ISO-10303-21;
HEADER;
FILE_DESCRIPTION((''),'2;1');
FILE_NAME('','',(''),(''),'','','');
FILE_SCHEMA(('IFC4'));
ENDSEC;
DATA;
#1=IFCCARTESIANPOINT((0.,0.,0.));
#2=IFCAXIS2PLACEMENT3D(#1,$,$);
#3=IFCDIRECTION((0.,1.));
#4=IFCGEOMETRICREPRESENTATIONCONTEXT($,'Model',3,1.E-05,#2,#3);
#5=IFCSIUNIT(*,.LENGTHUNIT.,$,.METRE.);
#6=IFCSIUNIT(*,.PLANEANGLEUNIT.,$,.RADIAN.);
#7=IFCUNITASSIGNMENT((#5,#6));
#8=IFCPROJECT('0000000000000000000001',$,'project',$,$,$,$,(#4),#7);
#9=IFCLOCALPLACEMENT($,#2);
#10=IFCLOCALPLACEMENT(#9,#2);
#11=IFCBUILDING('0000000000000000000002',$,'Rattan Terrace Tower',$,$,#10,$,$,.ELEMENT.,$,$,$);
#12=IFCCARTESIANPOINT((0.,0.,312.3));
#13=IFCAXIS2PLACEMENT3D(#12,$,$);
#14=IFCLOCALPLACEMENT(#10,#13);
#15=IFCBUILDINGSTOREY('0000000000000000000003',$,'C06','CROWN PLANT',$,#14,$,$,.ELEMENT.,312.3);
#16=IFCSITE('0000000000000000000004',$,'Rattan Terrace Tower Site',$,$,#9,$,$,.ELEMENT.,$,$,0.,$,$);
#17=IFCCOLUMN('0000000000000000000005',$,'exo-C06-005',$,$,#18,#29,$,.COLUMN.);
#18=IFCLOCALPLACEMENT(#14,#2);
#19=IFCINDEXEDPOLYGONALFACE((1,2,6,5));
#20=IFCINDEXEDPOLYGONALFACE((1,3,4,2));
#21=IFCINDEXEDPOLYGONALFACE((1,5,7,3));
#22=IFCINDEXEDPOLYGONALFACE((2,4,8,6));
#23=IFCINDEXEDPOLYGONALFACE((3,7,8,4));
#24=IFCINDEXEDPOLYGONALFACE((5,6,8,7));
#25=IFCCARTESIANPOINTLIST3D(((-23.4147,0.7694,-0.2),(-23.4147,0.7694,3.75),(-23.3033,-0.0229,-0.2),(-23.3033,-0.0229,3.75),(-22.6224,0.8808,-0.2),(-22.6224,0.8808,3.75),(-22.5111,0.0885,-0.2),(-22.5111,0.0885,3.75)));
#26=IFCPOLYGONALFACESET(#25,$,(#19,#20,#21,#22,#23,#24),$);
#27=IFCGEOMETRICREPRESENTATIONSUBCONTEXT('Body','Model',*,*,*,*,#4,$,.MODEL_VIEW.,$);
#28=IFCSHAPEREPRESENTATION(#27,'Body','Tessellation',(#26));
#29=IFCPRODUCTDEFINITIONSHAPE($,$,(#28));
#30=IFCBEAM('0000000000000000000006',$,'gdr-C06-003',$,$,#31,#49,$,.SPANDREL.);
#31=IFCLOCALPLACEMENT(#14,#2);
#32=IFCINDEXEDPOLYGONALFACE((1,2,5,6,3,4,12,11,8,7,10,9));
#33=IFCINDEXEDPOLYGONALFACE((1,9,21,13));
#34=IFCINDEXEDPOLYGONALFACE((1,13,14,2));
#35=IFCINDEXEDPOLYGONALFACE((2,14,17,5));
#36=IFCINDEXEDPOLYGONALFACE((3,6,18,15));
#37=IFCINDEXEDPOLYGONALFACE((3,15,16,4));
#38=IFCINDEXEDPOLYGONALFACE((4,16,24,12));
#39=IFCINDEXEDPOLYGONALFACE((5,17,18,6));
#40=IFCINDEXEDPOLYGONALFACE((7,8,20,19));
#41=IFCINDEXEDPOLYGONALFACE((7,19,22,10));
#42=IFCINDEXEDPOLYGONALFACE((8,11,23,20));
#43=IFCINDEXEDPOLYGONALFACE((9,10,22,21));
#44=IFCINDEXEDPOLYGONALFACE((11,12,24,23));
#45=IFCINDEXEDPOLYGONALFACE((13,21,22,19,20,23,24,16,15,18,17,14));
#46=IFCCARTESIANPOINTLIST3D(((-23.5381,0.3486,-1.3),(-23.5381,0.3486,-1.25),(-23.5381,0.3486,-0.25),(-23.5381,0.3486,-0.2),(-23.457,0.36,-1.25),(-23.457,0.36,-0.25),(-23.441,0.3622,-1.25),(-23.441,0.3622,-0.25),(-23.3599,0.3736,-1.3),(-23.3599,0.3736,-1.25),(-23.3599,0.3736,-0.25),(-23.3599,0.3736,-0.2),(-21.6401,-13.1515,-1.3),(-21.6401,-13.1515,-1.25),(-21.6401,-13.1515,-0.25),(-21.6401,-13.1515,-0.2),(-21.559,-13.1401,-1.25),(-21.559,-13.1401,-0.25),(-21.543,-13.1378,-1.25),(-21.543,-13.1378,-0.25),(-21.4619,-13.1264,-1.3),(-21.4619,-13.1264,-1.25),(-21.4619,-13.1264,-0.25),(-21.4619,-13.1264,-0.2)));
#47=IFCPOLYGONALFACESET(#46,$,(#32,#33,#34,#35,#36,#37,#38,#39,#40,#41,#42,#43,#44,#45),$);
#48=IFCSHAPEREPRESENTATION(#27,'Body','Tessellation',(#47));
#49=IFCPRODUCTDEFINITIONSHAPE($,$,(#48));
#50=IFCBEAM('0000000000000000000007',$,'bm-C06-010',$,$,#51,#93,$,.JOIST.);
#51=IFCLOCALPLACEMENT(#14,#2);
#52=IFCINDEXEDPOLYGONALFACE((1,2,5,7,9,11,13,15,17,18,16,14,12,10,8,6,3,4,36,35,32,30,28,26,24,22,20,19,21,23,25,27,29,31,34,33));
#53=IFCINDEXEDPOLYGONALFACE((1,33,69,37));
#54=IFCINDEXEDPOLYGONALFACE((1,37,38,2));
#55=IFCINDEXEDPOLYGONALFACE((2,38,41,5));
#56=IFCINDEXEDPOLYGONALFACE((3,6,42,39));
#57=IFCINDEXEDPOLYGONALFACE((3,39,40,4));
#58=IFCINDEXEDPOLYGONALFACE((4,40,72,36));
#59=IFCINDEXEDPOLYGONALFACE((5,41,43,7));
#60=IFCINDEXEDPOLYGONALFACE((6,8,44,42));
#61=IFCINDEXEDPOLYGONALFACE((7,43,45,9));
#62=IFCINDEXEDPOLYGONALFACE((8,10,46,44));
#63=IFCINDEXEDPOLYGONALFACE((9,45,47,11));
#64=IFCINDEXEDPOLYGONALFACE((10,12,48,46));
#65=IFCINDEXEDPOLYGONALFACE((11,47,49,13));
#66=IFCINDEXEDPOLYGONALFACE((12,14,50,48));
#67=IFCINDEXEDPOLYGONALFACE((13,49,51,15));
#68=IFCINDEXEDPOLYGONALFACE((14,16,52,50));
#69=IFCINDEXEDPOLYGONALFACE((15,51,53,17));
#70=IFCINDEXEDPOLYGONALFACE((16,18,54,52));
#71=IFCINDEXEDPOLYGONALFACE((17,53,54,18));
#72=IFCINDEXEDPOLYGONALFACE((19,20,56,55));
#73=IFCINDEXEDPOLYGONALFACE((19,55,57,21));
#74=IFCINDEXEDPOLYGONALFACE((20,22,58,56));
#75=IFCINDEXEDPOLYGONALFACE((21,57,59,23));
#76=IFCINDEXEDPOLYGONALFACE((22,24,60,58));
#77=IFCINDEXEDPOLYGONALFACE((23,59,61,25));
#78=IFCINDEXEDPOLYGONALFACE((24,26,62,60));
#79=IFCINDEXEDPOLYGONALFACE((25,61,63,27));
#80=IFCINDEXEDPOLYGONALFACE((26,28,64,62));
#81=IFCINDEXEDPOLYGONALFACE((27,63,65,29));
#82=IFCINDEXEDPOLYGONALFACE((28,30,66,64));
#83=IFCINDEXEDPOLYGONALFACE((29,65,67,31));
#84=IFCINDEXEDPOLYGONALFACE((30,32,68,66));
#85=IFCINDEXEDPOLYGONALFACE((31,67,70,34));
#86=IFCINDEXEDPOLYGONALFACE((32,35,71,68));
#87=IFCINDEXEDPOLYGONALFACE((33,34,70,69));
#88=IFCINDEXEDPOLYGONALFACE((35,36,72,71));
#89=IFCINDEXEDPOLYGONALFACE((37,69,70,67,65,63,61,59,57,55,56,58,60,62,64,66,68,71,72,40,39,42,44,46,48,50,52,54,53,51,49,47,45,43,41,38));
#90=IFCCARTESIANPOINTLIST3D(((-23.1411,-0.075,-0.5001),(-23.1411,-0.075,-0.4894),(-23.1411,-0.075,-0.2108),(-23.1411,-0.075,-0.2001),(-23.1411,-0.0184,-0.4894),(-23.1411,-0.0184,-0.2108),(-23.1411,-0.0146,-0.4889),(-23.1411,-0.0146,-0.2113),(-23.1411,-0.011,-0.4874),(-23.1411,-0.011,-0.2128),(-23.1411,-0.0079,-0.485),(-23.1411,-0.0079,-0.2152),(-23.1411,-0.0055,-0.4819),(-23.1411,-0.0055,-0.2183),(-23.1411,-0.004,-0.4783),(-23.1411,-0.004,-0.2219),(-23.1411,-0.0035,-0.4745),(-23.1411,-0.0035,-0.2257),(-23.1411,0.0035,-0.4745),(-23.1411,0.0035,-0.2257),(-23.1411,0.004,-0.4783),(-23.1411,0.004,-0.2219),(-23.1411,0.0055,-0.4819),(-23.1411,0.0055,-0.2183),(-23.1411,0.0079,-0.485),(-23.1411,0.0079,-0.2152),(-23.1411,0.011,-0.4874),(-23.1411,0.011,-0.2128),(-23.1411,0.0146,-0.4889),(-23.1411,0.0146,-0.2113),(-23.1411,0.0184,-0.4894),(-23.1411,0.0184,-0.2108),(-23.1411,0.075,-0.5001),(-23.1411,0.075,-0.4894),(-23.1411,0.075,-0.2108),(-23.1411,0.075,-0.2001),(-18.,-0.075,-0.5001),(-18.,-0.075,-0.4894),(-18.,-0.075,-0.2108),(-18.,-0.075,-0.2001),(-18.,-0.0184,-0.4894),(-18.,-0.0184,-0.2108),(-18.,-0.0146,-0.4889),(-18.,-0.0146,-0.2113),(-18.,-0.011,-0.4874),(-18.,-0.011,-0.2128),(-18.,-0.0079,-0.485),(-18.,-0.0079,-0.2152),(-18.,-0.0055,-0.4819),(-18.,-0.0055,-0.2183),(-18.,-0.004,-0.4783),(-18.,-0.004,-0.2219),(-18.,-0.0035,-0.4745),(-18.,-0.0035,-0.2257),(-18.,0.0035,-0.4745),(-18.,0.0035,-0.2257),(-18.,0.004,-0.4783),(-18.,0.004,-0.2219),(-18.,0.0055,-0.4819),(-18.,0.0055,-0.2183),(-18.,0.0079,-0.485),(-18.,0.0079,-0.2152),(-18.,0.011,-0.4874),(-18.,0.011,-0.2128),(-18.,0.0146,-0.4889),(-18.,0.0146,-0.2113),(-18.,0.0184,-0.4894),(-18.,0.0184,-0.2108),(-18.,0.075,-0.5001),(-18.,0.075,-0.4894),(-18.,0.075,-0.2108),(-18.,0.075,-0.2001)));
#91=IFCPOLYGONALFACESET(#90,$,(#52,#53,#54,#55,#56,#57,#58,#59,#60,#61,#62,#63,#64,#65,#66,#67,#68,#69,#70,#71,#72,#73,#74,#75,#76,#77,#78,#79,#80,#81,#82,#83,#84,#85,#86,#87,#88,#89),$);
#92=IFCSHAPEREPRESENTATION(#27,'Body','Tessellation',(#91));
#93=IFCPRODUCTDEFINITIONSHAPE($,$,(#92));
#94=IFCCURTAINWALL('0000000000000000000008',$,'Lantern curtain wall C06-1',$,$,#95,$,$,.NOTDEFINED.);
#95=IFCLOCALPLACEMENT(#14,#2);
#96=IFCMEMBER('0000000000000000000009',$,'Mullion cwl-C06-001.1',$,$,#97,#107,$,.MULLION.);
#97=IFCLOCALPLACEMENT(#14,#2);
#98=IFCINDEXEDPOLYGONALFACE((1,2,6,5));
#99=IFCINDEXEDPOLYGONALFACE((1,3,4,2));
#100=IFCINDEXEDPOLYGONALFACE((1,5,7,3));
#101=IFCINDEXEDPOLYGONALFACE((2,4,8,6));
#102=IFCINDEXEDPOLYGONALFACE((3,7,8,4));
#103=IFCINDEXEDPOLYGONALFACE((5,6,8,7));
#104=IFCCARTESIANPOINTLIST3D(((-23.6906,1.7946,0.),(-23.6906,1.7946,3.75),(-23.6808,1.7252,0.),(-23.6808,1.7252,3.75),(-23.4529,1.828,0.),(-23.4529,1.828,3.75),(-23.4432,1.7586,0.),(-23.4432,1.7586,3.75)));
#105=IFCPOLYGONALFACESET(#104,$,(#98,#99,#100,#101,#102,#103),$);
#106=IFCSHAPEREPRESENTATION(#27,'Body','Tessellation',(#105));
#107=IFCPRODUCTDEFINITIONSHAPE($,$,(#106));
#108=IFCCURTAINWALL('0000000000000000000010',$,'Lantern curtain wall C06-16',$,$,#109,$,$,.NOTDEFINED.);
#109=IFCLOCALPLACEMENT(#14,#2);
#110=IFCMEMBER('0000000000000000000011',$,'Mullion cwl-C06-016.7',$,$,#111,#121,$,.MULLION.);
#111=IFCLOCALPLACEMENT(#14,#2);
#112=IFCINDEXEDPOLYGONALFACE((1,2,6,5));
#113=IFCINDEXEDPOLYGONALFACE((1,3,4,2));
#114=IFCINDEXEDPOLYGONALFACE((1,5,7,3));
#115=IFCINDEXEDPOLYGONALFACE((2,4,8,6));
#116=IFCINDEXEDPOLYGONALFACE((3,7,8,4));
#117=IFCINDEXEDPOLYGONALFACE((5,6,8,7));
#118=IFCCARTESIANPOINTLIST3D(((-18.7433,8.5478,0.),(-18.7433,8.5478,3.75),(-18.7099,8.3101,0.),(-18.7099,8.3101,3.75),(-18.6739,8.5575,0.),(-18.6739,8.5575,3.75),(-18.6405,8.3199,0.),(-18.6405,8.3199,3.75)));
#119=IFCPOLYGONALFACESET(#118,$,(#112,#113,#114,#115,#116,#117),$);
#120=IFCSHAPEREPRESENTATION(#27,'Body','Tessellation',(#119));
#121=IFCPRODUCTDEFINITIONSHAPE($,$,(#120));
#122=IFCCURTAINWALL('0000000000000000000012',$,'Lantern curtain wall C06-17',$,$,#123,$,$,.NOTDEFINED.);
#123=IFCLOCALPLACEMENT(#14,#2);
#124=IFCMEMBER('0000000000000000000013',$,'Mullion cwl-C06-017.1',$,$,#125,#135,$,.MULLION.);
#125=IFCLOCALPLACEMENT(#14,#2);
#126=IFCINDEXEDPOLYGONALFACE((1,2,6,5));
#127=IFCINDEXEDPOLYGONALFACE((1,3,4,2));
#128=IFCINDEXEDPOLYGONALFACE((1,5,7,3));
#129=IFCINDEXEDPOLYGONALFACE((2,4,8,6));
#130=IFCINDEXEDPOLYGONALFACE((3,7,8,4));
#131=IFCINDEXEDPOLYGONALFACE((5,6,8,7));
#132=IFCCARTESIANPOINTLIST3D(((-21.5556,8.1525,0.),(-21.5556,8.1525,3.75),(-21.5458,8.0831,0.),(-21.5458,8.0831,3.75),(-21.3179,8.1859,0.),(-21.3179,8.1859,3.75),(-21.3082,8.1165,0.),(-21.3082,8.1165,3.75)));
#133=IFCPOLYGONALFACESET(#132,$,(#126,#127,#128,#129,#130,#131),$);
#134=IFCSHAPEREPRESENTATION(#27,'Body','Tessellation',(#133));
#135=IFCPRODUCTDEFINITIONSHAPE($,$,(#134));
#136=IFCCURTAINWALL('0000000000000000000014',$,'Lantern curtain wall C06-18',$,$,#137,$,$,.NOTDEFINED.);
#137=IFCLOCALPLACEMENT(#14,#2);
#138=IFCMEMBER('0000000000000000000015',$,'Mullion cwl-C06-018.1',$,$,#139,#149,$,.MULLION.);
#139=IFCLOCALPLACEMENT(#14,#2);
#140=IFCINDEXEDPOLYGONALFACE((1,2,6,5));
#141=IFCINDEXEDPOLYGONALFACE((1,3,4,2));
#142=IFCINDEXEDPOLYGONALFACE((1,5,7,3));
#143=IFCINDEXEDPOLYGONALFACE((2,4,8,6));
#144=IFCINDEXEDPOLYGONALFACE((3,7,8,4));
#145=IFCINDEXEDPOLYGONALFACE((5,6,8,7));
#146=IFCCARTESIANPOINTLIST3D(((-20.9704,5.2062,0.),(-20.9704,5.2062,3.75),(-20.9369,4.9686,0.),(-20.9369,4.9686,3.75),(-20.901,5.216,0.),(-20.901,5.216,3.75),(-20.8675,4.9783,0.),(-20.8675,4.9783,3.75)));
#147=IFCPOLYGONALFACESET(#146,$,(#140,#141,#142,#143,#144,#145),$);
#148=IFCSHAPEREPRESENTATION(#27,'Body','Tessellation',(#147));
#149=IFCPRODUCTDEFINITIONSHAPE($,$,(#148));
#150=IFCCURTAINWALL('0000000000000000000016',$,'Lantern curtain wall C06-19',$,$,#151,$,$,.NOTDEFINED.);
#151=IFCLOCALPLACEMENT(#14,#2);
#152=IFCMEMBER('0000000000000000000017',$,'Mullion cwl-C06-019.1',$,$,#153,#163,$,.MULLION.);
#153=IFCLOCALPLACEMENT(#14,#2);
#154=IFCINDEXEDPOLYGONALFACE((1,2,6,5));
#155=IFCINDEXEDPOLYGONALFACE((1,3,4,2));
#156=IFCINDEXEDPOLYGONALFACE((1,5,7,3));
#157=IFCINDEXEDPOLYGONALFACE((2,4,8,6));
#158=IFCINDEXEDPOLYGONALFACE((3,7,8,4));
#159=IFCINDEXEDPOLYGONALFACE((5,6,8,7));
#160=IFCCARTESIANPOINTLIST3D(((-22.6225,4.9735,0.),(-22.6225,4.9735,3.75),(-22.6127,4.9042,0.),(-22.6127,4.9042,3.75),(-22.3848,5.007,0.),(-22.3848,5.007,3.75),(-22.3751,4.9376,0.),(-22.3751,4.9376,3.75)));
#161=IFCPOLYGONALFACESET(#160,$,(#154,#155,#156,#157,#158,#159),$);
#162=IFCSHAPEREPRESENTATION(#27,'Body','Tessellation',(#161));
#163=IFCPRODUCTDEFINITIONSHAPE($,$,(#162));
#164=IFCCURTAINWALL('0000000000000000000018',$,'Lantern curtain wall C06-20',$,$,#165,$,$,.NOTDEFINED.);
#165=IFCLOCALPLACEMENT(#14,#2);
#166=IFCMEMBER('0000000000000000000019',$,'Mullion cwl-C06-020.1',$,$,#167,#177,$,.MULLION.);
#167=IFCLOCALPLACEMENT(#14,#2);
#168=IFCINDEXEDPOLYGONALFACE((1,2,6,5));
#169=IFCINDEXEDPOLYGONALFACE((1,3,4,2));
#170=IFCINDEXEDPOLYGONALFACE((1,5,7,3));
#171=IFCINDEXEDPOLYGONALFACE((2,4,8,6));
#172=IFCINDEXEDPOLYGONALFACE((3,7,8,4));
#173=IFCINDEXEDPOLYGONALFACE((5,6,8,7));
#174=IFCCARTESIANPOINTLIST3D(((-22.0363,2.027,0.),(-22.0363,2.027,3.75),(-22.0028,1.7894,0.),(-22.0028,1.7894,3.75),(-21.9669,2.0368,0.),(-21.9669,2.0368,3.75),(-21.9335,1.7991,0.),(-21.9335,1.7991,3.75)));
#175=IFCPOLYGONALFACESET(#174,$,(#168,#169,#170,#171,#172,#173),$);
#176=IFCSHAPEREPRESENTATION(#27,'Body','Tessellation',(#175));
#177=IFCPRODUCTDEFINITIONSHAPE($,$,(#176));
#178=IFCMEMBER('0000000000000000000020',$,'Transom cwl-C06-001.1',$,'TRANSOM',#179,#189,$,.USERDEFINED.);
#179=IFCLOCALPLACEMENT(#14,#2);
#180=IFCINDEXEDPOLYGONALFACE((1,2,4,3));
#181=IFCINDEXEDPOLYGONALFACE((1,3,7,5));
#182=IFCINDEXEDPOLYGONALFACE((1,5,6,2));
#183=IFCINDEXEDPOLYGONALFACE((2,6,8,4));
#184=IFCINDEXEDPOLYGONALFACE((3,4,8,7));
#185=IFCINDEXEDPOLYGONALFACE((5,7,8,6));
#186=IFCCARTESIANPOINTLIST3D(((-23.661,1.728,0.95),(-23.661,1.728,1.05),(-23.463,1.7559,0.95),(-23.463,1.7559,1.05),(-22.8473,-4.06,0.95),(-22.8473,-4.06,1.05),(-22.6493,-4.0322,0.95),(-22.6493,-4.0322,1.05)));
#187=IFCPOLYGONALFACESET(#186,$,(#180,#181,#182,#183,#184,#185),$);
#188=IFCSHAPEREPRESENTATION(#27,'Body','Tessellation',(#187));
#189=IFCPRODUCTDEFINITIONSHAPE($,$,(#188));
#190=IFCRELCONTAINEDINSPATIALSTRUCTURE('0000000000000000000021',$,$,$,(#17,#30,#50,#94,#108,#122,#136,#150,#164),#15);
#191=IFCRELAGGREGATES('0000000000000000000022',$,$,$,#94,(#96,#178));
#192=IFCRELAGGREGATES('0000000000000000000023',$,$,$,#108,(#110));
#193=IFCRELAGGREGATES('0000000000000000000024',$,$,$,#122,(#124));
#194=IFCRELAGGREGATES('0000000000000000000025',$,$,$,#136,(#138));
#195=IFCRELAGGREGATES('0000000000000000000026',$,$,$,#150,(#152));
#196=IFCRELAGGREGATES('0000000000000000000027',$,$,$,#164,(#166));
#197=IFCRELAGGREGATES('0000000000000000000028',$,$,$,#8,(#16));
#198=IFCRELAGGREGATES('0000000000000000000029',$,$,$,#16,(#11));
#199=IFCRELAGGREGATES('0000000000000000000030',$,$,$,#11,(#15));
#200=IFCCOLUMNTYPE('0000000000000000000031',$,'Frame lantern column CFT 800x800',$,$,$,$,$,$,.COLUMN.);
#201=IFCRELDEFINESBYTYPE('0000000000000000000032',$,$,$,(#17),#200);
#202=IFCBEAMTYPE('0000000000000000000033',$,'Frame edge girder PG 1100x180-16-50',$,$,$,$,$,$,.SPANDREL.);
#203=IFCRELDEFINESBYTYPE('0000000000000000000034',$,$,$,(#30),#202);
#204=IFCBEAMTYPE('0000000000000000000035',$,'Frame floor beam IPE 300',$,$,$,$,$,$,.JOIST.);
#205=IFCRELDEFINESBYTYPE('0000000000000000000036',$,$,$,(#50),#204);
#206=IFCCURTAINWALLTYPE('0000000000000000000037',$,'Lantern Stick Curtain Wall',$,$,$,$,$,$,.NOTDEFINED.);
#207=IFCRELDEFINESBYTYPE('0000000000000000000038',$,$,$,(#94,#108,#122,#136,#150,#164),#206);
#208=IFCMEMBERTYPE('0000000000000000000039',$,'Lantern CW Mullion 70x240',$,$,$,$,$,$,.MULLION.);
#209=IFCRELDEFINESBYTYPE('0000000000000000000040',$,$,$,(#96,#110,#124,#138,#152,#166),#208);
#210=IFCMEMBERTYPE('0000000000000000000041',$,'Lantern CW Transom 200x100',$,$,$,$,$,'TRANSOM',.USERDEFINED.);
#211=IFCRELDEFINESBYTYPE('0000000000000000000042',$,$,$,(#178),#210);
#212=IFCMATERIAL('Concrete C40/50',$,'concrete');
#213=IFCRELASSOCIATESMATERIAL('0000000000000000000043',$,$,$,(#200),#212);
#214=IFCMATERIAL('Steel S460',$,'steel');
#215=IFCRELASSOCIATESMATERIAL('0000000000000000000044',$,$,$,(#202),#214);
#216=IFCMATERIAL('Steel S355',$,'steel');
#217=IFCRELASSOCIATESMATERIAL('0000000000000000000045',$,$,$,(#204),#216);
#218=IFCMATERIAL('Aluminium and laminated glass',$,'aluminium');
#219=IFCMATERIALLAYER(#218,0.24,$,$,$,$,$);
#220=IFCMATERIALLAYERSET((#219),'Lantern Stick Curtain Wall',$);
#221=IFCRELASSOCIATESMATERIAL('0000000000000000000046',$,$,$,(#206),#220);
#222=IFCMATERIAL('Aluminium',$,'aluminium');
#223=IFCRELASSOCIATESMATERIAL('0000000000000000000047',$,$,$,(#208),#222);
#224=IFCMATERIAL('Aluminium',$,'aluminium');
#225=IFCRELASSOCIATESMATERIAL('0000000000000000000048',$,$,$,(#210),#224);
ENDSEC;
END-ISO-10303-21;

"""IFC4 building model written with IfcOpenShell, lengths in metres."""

from ifc_helpers import new_model, si_unit, direction, frame, origin, origin_2d, place, context, subcontext, project, spatial, rectangle, i_section, extrude, material, layer, layer_set, material_profile, profile_set, type_object, element, aggregate, save


model = new_model("IFC4")

# Units and contexts
model_context = context("Model", 3, precision=1e-05, world=origin(), true_north=direction((0.0, 1.0)))
body_context = subcontext(model_context, "Body", "Model", "MODEL_VIEW")
ifc_project = project(units=[si_unit("LENGTHUNIT", "METRE"), si_unit("PLANEANGLEUNIT", "RADIAN")], contexts=[model_context])

# Site, building, storey
site_placement = place(None, origin())
site = spatial("IfcSite", under=ifc_project, at=site_placement, Name="Rattan Terrace Tower Site", CompositionType="ELEMENT", RefElevation=0.0)
building_placement = place(site_placement, origin())
building = spatial("IfcBuilding", under=site, at=building_placement, Name="Rattan Terrace Tower", CompositionType="ELEMENT")
storey_placement = place(building_placement, frame((0.0, 0.0, 312.3)))
storey = spatial("IfcBuildingStorey", under=building, at=storey_placement, Name="C06", Description="CROWN PLANT", CompositionType="ELEMENT", Elevation=312.3)

# Column
ifc_material_1 = material(Name="Concrete C40/50", Category="concrete")
ifc_material_profile_1 = material_profile(ifc_material_1, rectangle(XDim=0.8, YDim=0.8, at=origin_2d()), Name="CFT 800x800")
ifc_profile_set_1 = profile_set([ifc_material_profile_1], Name="Concrete C40/50")
column_type = type_object("IfcColumnType", Name="Frame lantern column CFT 800x800", PredefinedType="COLUMN", material=ifc_profile_set_1)
column_placement = place(storey_placement, frame((-22.9629, 0.429, -0.2), z_axis=(0.0, 0.0, 1.0), x_axis=(-0.13919, 0.990266, 0.0)))
element("IfcColumn", 1, at=column_placement, inside=storey, type_object=column_type, Name="exo-C06-005", PredefinedType="COLUMN", context=body_context, shape_type="SweptSolid", body=[
    extrude(rectangle(XDim=0.8, YDim=0.8, at=origin_2d()), origin(), (0.0, 0.0, 1.0), 3.95),
])

# Beams
ifc_material_2 = material(Name="Steel S460", Category="steel")
ifc_material_profile_2 = material_profile(ifc_material_2, i_section(OverallWidth=0.1799, OverallDepth=1.1001, WebThickness=0.0161, FlangeThickness=0.05, at=origin_2d()), Name="PG 1100x180-16-50")
ifc_profile_set_2 = profile_set([ifc_material_profile_2], Name="Steel S460")
beam_type_1 = type_object("IfcBeamType", Name="Frame edge girder PG 1100x180-16-50", PredefinedType="SPANDREL", material=ifc_profile_set_2)
beam_1_placement = place(storey_placement, frame((-23.449, 0.3611, -0.75), z_axis=(0.13922, -0.990262, 0.0), x_axis=(0.990262, 0.13922, 0.0)))
element("IfcBeam", 2, at=beam_1_placement, inside=storey, type_object=beam_type_1, Name="gdr-C06-003", PredefinedType="SPANDREL", context=body_context, shape_type="SweptSolid", body=[
    extrude(i_section(OverallWidth=0.1799, OverallDepth=1.1001, WebThickness=0.0161, FlangeThickness=0.05, at=origin_2d()), origin(), (0.0, 0.0, 1.0), 13.6328),
])
ifc_material_3 = material(Name="Steel S355", Category="steel")
ifc_material_profile_3 = material_profile(ifc_material_3, i_section(OverallWidth=0.1499, OverallDepth=0.3, WebThickness=0.0071, FlangeThickness=0.0107, FilletRadius=0.0149, at=origin_2d()), Name="IPE 300")
ifc_profile_set_3 = profile_set([ifc_material_profile_3], Name="Steel S355")
beam_type_2 = type_object("IfcBeamType", Name="Frame floor beam IPE 300", PredefinedType="JOIST", material=ifc_profile_set_3)
beam_2_placement = place(storey_placement, frame((-23.1411, 0.0, -0.3501), z_axis=(1.0, 0.0, 0.0), x_axis=(0.0, 1.0, 0.0)))
element("IfcBeam", 3, at=beam_2_placement, inside=storey, type_object=beam_type_2, Name="bm-C06-010", PredefinedType="JOIST", context=body_context, shape_type="SweptSolid", body=[
    extrude(i_section(OverallWidth=0.1499, OverallDepth=0.3, WebThickness=0.0071, FlangeThickness=0.0107, FilletRadius=0.0149, at=origin_2d()), origin(), (0.0, 0.0, 1.0), 5.1411),
])

# Curtain walls, members
ifc_material_4 = material(Name="Aluminium and laminated glass", Category="aluminium")
ifc_layer_1 = layer(ifc_material_4, 0.24)
ifc_layer_set_1 = layer_set([ifc_layer_1], Name="Lantern Stick Curtain Wall")
curtain_wall_type = type_object("IfcCurtainWallType", Name="Lantern Stick Curtain Wall", PredefinedType="NOTDEFINED", material=ifc_layer_set_1)
curtain_wall_1_placement = place(storey_placement, origin())
curtain_wall_1 = element("IfcCurtainWall", 4, at=curtain_wall_1_placement, inside=storey, type_object=curtain_wall_type, Name="Lantern curtain wall C06-1", PredefinedType="NOTDEFINED")
ifc_material_5 = material(Name="Aluminium", Category="aluminium")
ifc_material_profile_4 = material_profile(ifc_material_5, rectangle(XDim=0.0701, YDim=0.24, at=origin_2d()), Name="Aluminium 70x240")
ifc_profile_set_4 = profile_set([ifc_material_profile_4], Name="Aluminium")
member_type_1 = type_object("IfcMemberType", Name="Lantern CW Mullion 70x240", PredefinedType="MULLION", material=ifc_profile_set_4)
member_1_placement = place(storey_placement, frame((-23.5669, 1.7766, 0.0), z_axis=(0.0, 0.0, 1.0), x_axis=(0.139188, -0.990266, 0.0)))
member_1 = element("IfcMember", 5, at=member_1_placement, type_object=member_type_1, Name="Mullion cwl-C06-001.1", PredefinedType="MULLION", context=body_context, shape_type="SweptSolid", body=[
    extrude(rectangle(XDim=0.0701, YDim=0.24, at=origin_2d()), origin(), (0.0, 0.0, 1.0), 3.75),
])
curtain_wall_2_placement = place(storey_placement, origin())
curtain_wall_2 = element("IfcCurtainWall", 6, at=curtain_wall_2_placement, inside=storey, type_object=curtain_wall_type, Name="Lantern curtain wall C06-16", PredefinedType="NOTDEFINED")
member_2_placement = place(storey_placement, frame((-18.6919, 8.4338, 0.0), z_axis=(0.0, 0.0, 1.0), x_axis=(-0.990267, -0.139181, 0.0)))
member_2 = element("IfcMember", 7, at=member_2_placement, type_object=member_type_1, Name="Mullion cwl-C06-016.7", PredefinedType="MULLION", context=body_context, shape_type="SweptSolid", body=[
    extrude(rectangle(XDim=0.0701, YDim=0.24, at=origin_2d()), origin(), (0.0, 0.0, 1.0), 3.75),
])
curtain_wall_3_placement = place(storey_placement, origin())
curtain_wall_3 = element("IfcCurtainWall", 8, at=curtain_wall_3_placement, inside=storey, type_object=curtain_wall_type, Name="Lantern curtain wall C06-17", PredefinedType="NOTDEFINED")
member_3_placement = place(storey_placement, frame((-21.4319, 8.1345, 0.0), z_axis=(0.0, 0.0, 1.0), x_axis=(0.13904, -0.990287, 0.0)))
member_3 = element("IfcMember", 9, at=member_3_placement, type_object=member_type_1, Name="Mullion cwl-C06-017.1", PredefinedType="MULLION", context=body_context, shape_type="SweptSolid", body=[
    extrude(rectangle(XDim=0.0701, YDim=0.24, at=origin_2d()), origin(), (0.0, 0.0, 1.0), 3.75),
])
curtain_wall_4_placement = place(storey_placement, origin())
curtain_wall_4 = element("IfcCurtainWall", 10, at=curtain_wall_4_placement, inside=storey, type_object=curtain_wall_type, Name="Lantern curtain wall C06-18", PredefinedType="NOTDEFINED")
member_4_placement = place(storey_placement, frame((-20.9189, 5.0923, 0.0), z_axis=(0.0, 0.0, 1.0), x_axis=(-0.990228, -0.139459, 0.0)))
member_4 = element("IfcMember", 11, at=member_4_placement, type_object=member_type_1, Name="Mullion cwl-C06-018.1", PredefinedType="MULLION", context=body_context, shape_type="SweptSolid", body=[
    extrude(rectangle(XDim=0.0701, YDim=0.24, at=origin_2d()), origin(), (0.0, 0.0, 1.0), 3.75),
])
curtain_wall_5_placement = place(storey_placement, origin())
curtain_wall_5 = element("IfcCurtainWall", 12, at=curtain_wall_5_placement, inside=storey, type_object=curtain_wall_type, Name="Lantern curtain wall C06-19", PredefinedType="NOTDEFINED")
member_5_placement = place(storey_placement, frame((-22.4988, 4.9556, 0.0), z_axis=(0.0, 0.0, 1.0), x_axis=(0.139367, -0.990241, 0.0)))
member_5 = element("IfcMember", 13, at=member_5_placement, type_object=member_type_1, Name="Mullion cwl-C06-019.1", PredefinedType="MULLION", context=body_context, shape_type="SweptSolid", body=[
    extrude(rectangle(XDim=0.0701, YDim=0.24, at=origin_2d()), origin(), (0.0, 0.0, 1.0), 3.75),
])
curtain_wall_6_placement = place(storey_placement, origin())
curtain_wall_6 = element("IfcCurtainWall", 14, at=curtain_wall_6_placement, inside=storey, type_object=curtain_wall_type, Name="Lantern curtain wall C06-20", PredefinedType="NOTDEFINED")
member_6_placement = place(storey_placement, frame((-21.9849, 1.9131, 0.0), z_axis=(0.0, 0.0, 1.0), x_axis=(-0.990254, -0.139275, 0.0)))
member_6 = element("IfcMember", 15, at=member_6_placement, type_object=member_type_1, Name="Mullion cwl-C06-020.1", PredefinedType="MULLION", context=body_context, shape_type="SweptSolid", body=[
    extrude(rectangle(XDim=0.0701, YDim=0.24, at=origin_2d()), origin(), (0.0, 0.0, 1.0), 3.75),
])

# Member
ifc_material_6 = material(Name="Aluminium", Category="aluminium")
ifc_material_profile_5 = material_profile(ifc_material_6, rectangle(XDim=0.2, YDim=0.1001, at=origin_2d()), Name="Aluminium 200x100")
ifc_profile_set_5 = profile_set([ifc_material_profile_5], Name="Aluminium")
member_type_2 = type_object("IfcMemberType", Name="Lantern CW Transom 200x100", ElementType="TRANSOM", PredefinedType="USERDEFINED", material=ifc_profile_set_5)
member_7_placement = place(storey_placement, frame((-23.562, 1.7419, 1.0), z_axis=(0.139216, -0.990262, 0.0), x_axis=(0.990262, 0.139216, 0.0)))
member_7 = element("IfcMember", 16, at=member_7_placement, type_object=member_type_2, Name="Transom cwl-C06-001.1", ObjectType="TRANSOM", PredefinedType="USERDEFINED", context=body_context, shape_type="SweptSolid", body=[
    extrude(rectangle(XDim=0.2, YDim=0.1001, at=origin_2d()), origin(), (0.0, 0.0, 1.0), 5.845),
])

aggregate(curtain_wall_1, [member_1, member_7])
aggregate(curtain_wall_2, [member_2])
aggregate(curtain_wall_3, [member_3])
aggregate(curtain_wall_4, [member_4])
aggregate(curtain_wall_5, [member_5])
aggregate(curtain_wall_6, [member_6])

save(model, "model.ifc")
